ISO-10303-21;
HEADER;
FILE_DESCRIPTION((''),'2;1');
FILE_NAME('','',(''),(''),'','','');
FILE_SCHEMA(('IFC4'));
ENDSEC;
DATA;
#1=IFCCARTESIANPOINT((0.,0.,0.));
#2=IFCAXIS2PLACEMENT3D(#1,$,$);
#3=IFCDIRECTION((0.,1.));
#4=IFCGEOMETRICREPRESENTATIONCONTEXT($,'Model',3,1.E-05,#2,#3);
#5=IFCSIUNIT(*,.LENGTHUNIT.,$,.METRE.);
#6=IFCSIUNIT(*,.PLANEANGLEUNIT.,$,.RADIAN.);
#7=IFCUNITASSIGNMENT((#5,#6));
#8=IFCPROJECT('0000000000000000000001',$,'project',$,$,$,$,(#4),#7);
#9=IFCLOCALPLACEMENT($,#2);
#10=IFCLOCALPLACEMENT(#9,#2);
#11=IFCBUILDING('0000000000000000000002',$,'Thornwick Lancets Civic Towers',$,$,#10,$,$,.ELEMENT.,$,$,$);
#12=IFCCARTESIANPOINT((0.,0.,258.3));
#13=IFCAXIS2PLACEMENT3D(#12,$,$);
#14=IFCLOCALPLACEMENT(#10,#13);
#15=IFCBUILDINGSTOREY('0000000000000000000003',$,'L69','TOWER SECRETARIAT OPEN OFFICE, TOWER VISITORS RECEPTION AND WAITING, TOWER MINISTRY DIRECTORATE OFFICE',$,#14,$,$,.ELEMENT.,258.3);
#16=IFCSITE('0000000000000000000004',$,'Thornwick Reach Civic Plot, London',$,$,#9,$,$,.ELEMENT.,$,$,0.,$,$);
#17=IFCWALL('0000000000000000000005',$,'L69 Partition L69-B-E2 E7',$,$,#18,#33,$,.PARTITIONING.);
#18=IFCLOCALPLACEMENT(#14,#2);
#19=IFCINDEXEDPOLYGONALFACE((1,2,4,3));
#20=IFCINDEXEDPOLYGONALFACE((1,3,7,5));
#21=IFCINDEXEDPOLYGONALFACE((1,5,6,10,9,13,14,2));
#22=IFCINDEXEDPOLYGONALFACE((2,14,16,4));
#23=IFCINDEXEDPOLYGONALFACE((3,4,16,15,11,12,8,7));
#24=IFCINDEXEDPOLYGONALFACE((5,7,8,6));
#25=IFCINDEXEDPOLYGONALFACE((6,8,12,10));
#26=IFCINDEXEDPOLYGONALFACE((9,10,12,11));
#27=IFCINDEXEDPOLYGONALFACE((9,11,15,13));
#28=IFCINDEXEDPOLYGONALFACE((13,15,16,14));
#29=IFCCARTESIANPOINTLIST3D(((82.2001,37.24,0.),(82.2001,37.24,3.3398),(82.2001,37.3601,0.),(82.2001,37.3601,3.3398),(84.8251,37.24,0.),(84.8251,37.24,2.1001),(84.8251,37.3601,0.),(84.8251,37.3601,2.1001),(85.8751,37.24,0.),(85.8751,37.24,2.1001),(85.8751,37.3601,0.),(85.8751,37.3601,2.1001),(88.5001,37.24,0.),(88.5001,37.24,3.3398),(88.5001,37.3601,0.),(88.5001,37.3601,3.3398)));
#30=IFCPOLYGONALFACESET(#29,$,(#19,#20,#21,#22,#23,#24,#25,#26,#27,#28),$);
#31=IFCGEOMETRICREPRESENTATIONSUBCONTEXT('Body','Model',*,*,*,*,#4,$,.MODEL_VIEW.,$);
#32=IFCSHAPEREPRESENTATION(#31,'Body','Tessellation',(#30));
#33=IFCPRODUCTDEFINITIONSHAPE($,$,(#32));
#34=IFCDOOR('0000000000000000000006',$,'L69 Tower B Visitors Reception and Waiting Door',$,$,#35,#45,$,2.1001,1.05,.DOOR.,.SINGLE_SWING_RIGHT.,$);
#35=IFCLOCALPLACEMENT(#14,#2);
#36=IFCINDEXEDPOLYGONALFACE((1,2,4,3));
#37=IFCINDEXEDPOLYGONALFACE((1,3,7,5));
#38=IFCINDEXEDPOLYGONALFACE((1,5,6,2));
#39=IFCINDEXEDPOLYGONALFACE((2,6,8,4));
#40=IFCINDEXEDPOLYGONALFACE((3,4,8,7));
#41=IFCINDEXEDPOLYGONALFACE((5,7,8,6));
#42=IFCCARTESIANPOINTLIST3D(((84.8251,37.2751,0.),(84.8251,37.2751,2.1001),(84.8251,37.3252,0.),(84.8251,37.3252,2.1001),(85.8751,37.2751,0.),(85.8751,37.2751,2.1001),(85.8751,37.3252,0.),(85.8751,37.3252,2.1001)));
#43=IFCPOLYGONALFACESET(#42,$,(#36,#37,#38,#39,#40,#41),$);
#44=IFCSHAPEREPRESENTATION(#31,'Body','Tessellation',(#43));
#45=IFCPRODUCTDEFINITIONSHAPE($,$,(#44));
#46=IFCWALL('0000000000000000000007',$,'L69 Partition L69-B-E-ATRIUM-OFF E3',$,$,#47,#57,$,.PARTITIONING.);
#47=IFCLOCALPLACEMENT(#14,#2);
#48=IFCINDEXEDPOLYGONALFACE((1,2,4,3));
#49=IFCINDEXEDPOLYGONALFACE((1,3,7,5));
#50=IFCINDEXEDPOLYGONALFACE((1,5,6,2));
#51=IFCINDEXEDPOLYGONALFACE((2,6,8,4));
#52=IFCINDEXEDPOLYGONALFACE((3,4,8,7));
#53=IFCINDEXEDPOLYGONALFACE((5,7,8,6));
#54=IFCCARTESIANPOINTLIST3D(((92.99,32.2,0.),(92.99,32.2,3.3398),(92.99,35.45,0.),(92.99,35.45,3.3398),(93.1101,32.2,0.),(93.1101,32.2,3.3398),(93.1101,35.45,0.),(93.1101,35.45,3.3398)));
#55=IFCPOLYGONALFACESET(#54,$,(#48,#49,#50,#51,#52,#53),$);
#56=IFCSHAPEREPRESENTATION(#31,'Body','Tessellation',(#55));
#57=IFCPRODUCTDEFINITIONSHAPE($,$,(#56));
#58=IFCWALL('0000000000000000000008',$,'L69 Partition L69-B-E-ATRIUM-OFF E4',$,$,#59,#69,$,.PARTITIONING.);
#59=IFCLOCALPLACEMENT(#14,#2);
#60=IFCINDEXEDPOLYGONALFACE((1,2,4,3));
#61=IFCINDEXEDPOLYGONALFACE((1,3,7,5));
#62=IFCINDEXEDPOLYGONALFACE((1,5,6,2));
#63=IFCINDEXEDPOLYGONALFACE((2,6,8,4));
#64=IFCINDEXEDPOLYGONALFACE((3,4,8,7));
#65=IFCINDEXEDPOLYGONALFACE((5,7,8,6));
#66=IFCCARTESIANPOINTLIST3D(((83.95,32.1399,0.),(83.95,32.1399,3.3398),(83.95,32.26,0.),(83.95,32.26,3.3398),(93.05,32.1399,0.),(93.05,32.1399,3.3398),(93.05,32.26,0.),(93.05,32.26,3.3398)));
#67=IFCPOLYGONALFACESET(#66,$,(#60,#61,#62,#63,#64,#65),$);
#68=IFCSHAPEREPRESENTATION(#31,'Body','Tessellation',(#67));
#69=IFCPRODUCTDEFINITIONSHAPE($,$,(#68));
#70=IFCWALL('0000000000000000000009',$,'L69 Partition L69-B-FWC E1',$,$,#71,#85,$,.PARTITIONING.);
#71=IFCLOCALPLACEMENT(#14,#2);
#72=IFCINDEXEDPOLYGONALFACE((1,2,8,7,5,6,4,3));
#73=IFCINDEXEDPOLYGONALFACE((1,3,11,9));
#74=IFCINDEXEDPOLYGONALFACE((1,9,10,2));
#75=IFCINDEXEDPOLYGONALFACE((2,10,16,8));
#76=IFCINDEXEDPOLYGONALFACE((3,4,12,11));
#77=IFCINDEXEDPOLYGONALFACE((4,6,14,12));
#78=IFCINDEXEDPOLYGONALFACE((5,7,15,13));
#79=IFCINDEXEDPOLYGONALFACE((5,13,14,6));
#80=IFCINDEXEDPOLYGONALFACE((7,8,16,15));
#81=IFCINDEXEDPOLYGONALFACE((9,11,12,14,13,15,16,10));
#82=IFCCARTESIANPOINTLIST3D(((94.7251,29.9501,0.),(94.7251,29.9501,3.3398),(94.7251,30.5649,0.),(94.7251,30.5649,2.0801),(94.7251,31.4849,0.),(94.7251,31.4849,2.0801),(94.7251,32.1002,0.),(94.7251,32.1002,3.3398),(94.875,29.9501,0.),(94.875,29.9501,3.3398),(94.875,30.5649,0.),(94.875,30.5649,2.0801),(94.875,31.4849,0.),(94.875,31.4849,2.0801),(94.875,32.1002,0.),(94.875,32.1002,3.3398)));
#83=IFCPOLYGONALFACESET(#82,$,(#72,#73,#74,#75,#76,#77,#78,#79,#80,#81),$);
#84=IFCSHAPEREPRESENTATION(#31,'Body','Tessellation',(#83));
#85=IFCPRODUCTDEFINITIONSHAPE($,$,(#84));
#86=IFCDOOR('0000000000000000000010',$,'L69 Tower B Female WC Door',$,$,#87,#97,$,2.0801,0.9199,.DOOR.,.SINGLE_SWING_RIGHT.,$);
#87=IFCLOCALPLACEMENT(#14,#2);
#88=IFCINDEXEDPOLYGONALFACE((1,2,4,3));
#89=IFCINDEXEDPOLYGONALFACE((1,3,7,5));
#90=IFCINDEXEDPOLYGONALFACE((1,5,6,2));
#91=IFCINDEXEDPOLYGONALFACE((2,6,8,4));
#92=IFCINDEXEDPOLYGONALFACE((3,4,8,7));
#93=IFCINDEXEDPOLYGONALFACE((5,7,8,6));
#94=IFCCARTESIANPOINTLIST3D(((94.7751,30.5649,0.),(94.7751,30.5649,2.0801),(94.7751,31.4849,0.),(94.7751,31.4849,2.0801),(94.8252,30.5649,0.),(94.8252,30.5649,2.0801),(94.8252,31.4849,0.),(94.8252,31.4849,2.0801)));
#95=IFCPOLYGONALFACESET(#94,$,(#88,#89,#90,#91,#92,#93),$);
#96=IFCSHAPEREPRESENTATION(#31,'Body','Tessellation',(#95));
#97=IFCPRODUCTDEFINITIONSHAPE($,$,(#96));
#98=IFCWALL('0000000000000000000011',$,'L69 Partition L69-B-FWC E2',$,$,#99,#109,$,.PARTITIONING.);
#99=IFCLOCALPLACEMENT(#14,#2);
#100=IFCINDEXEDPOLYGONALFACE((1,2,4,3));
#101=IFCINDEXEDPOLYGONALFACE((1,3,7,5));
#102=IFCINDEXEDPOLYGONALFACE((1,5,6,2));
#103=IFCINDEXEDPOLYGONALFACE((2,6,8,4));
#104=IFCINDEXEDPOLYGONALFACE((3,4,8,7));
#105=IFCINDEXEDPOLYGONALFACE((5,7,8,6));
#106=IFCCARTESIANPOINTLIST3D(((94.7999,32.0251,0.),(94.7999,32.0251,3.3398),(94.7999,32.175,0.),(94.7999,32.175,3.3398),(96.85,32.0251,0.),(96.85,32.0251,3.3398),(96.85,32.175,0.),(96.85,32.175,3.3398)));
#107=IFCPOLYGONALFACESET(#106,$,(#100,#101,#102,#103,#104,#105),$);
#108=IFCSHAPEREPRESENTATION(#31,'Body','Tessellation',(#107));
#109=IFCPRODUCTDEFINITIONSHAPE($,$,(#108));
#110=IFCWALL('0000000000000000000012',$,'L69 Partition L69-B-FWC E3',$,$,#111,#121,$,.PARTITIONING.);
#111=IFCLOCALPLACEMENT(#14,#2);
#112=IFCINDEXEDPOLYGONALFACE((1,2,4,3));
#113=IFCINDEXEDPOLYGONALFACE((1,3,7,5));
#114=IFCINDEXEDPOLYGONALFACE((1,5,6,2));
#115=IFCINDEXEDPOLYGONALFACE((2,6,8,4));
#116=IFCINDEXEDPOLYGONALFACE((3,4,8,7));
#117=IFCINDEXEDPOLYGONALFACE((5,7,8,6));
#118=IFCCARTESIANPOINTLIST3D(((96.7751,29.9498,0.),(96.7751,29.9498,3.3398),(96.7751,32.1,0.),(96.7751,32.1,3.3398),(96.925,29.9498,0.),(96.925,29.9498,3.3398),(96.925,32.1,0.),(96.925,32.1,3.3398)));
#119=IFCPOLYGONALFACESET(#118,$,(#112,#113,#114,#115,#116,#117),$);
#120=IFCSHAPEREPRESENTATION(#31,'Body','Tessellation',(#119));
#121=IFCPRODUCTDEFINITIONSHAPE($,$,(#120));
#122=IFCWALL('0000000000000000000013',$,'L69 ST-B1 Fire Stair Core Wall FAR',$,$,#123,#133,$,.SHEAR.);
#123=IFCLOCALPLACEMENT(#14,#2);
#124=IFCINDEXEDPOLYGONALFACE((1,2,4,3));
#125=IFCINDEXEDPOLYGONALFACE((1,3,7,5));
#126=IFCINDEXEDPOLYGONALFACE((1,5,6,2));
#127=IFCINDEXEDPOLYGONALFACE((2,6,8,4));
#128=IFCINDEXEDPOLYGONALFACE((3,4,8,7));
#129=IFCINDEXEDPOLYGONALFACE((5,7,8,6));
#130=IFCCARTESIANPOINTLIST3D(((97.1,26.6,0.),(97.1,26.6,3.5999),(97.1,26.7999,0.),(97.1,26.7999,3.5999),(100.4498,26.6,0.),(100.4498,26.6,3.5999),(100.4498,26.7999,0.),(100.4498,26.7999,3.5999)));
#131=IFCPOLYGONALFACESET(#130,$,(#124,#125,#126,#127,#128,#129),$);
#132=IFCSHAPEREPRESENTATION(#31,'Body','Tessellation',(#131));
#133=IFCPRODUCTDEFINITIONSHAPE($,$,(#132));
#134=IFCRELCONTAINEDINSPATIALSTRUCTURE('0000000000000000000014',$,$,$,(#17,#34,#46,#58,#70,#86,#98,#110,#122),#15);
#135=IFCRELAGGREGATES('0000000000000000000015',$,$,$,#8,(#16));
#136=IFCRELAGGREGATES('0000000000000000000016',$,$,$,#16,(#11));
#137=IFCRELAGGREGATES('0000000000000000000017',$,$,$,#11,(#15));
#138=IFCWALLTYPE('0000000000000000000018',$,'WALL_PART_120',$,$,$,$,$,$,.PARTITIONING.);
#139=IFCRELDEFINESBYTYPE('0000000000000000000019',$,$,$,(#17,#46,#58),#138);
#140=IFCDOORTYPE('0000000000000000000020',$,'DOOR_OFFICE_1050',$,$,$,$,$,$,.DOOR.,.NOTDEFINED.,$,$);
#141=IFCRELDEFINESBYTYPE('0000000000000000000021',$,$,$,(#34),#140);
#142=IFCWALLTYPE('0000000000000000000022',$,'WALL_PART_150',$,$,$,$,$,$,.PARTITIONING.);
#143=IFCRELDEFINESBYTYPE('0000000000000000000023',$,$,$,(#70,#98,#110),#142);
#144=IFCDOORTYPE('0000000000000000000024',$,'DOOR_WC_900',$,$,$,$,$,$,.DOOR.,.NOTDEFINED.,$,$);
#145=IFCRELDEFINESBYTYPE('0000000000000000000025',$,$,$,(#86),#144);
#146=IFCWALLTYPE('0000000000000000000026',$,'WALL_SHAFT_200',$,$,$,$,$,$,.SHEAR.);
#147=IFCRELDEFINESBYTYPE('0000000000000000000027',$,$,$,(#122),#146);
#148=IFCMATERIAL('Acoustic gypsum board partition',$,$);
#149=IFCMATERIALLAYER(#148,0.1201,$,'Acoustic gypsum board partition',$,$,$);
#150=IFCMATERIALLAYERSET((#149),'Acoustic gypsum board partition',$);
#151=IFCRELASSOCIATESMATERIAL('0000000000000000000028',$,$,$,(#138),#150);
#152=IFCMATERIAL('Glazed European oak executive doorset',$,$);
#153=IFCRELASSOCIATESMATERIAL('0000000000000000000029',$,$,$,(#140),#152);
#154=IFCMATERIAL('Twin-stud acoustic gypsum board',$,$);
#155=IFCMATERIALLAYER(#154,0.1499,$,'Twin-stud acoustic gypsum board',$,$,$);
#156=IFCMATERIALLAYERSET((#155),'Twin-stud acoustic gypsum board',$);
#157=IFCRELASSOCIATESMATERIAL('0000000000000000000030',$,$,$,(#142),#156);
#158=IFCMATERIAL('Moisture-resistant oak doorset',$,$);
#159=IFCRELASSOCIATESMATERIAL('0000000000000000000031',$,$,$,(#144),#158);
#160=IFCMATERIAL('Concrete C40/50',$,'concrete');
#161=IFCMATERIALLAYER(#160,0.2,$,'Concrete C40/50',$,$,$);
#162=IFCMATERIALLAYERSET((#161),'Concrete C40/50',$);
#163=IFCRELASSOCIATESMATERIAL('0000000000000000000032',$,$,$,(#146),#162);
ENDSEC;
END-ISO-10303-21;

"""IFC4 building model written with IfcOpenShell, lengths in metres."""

from ifc_helpers import new_model, si_unit, direction, frame, frame_2d, origin, place, context, subcontext, project, spatial, rectangle, extrude, material, layer, layer_set, type_object, element, fill, save


model = new_model("IFC4")

# Units and contexts
model_context = context("Model", 3, precision=1e-05, world=origin(), true_north=direction((0.0, 1.0)))
body_context = subcontext(model_context, "Body", "Model", "MODEL_VIEW")
ifc_project = project(units=[si_unit("LENGTHUNIT", "METRE"), si_unit("PLANEANGLEUNIT", "RADIAN")], contexts=[model_context])

# Site, building, storey
site_placement = place(None, origin())
site = spatial("IfcSite", under=ifc_project, at=site_placement, Name="Thornwick Reach Civic Plot, London", CompositionType="ELEMENT", RefElevation=0.0)
building_placement = place(site_placement, origin())
building = spatial("IfcBuilding", under=site, at=building_placement, Name="Thornwick Lancets Civic Towers", CompositionType="ELEMENT")
storey_placement = place(building_placement, frame((0.0, 0.0, 258.3)))
storey = spatial("IfcBuildingStorey", under=building, at=storey_placement, Name="L69", Description="TOWER SECRETARIAT OPEN OFFICE, TOWER VISITORS RECEPTION AND WAITING, TOWER MINISTRY DIRECTORATE OFFICE", CompositionType="ELEMENT", Elevation=258.3)

# Shared definitions
ifc_material_1 = material(Name="Acoustic gypsum board partition")
ifc_layer_1 = layer(ifc_material_1, 0.1201, Name="Acoustic gypsum board partition")
ifc_layer_set_1 = layer_set([ifc_layer_1], Name="Acoustic gypsum board partition")
wall_type_1 = type_object("IfcWallType", Name="WALL_PART_120", PredefinedType="PARTITIONING", material=ifc_layer_set_1)

# Wall, opening, door
wall_1_placement = place(storey_placement, frame((88.5, 37.3, 0.0), z_axis=(0.0, 0.0, 1.0), x_axis=(-1.0, 0.0, 0.0)))
wall_1 = element("IfcWall", 1, at=wall_1_placement, inside=storey, type_object=wall_type_1, Name="L69 Partition L69-B-E2 E7", PredefinedType="PARTITIONING", context=body_context, shape_type="SweptSolid", body=[
    extrude(rectangle(XDim=6.3, YDim=0.1201, at=frame_2d((3.1499, 0.0))), origin(), (0.0, 0.0, 1.0), 3.3398),
])
opening_1_placement = place(wall_1_placement, frame((2.625, 0.0, 0.0)))
opening_1 = element("IfcOpeningElement", 2, at=opening_1_placement, cuts=wall_1, PredefinedType="OPENING", context=body_context, shape_type="SweptSolid", body=[
    extrude(rectangle(XDim=1.05, YDim=2.1001, at=frame_2d((0.5249, 1.05))), frame((0.0, 0.0701, 0.0), z_axis=(0.0, -1.0, 0.0), x_axis=(1.0, 0.0, 0.0)), (0.0, 0.0, 1.0), 0.1401),
])
ifc_material_2 = material(Name="Glazed European oak executive doorset")
door_type_1 = type_object("IfcDoorType", Name="DOOR_OFFICE_1050", OperationType="NOTDEFINED", PredefinedType="DOOR", material=ifc_material_2)
door_1_placement = place(opening_1_placement, origin())
door_1 = element("IfcDoor", 3, at=door_1_placement, inside=storey, type_object=door_type_1, Name="L69 Tower B Visitors Reception and Waiting Door", OperationType="SINGLE_SWING_RIGHT", OverallHeight=2.1001, OverallWidth=1.05, PredefinedType="DOOR", context=body_context, shape_type="SweptSolid", body=[
    extrude(rectangle(XDim=1.05, YDim=2.1001, at=frame_2d((0.5249, 1.05))), frame((0.0, 0.0249, 0.0), z_axis=(0.0, -1.0, 0.0), x_axis=(1.0, 0.0, 0.0)), (0.0, 0.0, 1.0), 0.05),
])
fill(opening_1, door_1)

# Walls
wall_2_placement = place(storey_placement, frame((93.05, 35.45, 0.0), z_axis=(0.0, 0.0, 1.0), x_axis=(0.0, -1.0, 0.0)))
element("IfcWall", 4, at=wall_2_placement, inside=storey, type_object=wall_type_1, Name="L69 Partition L69-B-E-ATRIUM-OFF E3", PredefinedType="PARTITIONING", context=body_context, shape_type="SweptSolid", body=[
    extrude(rectangle(XDim=3.25, YDim=0.1201, at=frame_2d((1.625, 0.0))), origin(), (0.0, 0.0, 1.0), 3.3398),
])
wall_3_placement = place(storey_placement, frame((93.05, 32.2, 0.0), z_axis=(0.0, 0.0, 1.0), x_axis=(-1.0, 0.0, 0.0)))
element("IfcWall", 5, at=wall_3_placement, inside=storey, type_object=wall_type_1, Name="L69 Partition L69-B-E-ATRIUM-OFF E4", PredefinedType="PARTITIONING", context=body_context, shape_type="SweptSolid", body=[
    extrude(rectangle(XDim=9.1001, YDim=0.1201, at=frame_2d((4.55, 0.0))), origin(), (0.0, 0.0, 1.0), 3.3398),
])

# Wall, opening, door
ifc_material_3 = material(Name="Twin-stud acoustic gypsum board")
ifc_layer_2 = layer(ifc_material_3, 0.1499, Name="Twin-stud acoustic gypsum board")
ifc_layer_set_2 = layer_set([ifc_layer_2], Name="Twin-stud acoustic gypsum board")
wall_type_2 = type_object("IfcWallType", Name="WALL_PART_150", PredefinedType="PARTITIONING", material=ifc_layer_set_2)
wall_4_placement = place(storey_placement, frame((94.8, 29.95, 0.0), z_axis=(0.0, 0.0, 1.0), x_axis=(0.0, 1.0, 0.0)))
wall_4 = element("IfcWall", 6, at=wall_4_placement, inside=storey, type_object=wall_type_2, Name="L69 Partition L69-B-FWC E1", PredefinedType="PARTITIONING", context=body_context, shape_type="SweptSolid", body=[
    extrude(rectangle(XDim=2.1501, YDim=0.1499, at=frame_2d((1.0752, 0.0))), origin(), (0.0, 0.0, 1.0), 3.3398),
])
opening_2_placement = place(wall_4_placement, frame((0.615, 0.0, 0.0)))
opening_2 = element("IfcOpeningElement", 7, at=opening_2_placement, cuts=wall_4, PredefinedType="OPENING", context=body_context, shape_type="SweptSolid", body=[
    extrude(rectangle(XDim=0.9199, YDim=2.0801, at=frame_2d((0.46, 1.04))), frame((0.0, 0.085, 0.0), z_axis=(0.0, -1.0, 0.0), x_axis=(1.0, 0.0, 0.0)), (0.0, 0.0, 1.0), 0.1699),
])
ifc_material_4 = material(Name="Moisture-resistant oak doorset")
door_type_2 = type_object("IfcDoorType", Name="DOOR_WC_900", OperationType="NOTDEFINED", PredefinedType="DOOR", material=ifc_material_4)
door_2_placement = place(opening_2_placement, origin())
door_2 = element("IfcDoor", 8, at=door_2_placement, inside=storey, type_object=door_type_2, Name="L69 Tower B Female WC Door", OperationType="SINGLE_SWING_RIGHT", OverallHeight=2.0801, OverallWidth=0.9199, PredefinedType="DOOR", context=body_context, shape_type="SweptSolid", body=[
    extrude(rectangle(XDim=0.9199, YDim=2.0801, at=frame_2d((0.46, 1.04))), frame((0.0, 0.0249, 0.0), z_axis=(0.0, -1.0, 0.0), x_axis=(1.0, 0.0, 0.0)), (0.0, 0.0, 1.0), 0.05),
])
fill(opening_2, door_2)

# Walls
wall_5_placement = place(storey_placement, frame((94.8, 32.1001, 0.0), z_axis=(0.0, 0.0, 1.0), x_axis=(1.0, 0.0, 0.0)))
element("IfcWall", 9, at=wall_5_placement, inside=storey, type_object=wall_type_2, Name="L69 Partition L69-B-FWC E2", PredefinedType="PARTITIONING", context=body_context, shape_type="SweptSolid", body=[
    extrude(rectangle(XDim=2.05, YDim=0.1499, at=frame_2d((1.0249, 0.0))), origin(), (0.0, 0.0, 1.0), 3.3398),
])
wall_6_placement = place(storey_placement, frame((96.8501, 32.1001, 0.0), z_axis=(0.0, 0.0, 1.0), x_axis=(0.0, -1.0, 0.0)))
element("IfcWall", 10, at=wall_6_placement, inside=storey, type_object=wall_type_2, Name="L69 Partition L69-B-FWC E3", PredefinedType="PARTITIONING", context=body_context, shape_type="SweptSolid", body=[
    extrude(rectangle(XDim=2.1501, YDim=0.1499, at=frame_2d((1.0752, 0.0))), origin(), (0.0, 0.0, 1.0), 3.3398),
])
ifc_material_5 = material(Name="Concrete C40/50", Category="concrete")
ifc_layer_3 = layer(ifc_material_5, 0.2, Name="Concrete C40/50")
ifc_layer_set_3 = layer_set([ifc_layer_3], Name="Concrete C40/50")
wall_type_3 = type_object("IfcWallType", Name="WALL_SHAFT_200", PredefinedType="SHEAR", material=ifc_layer_set_3)
wall_7_placement = place(storey_placement, frame((97.1001, 26.7, 0.0), z_axis=(0.0, 0.0, 1.0), x_axis=(1.0, 0.0, 0.0)))
element("IfcWall", 11, at=wall_7_placement, inside=storey, type_object=wall_type_3, Name="L69 ST-B1 Fire Stair Core Wall FAR", PredefinedType="SHEAR", context=body_context, shape_type="SweptSolid", body=[
    extrude(rectangle(XDim=3.3499, YDim=0.2, at=frame_2d((1.6748, 0.0))), origin(), (0.0, 0.0, 1.0), 3.5999),
])

save(model, "model.ifc")
